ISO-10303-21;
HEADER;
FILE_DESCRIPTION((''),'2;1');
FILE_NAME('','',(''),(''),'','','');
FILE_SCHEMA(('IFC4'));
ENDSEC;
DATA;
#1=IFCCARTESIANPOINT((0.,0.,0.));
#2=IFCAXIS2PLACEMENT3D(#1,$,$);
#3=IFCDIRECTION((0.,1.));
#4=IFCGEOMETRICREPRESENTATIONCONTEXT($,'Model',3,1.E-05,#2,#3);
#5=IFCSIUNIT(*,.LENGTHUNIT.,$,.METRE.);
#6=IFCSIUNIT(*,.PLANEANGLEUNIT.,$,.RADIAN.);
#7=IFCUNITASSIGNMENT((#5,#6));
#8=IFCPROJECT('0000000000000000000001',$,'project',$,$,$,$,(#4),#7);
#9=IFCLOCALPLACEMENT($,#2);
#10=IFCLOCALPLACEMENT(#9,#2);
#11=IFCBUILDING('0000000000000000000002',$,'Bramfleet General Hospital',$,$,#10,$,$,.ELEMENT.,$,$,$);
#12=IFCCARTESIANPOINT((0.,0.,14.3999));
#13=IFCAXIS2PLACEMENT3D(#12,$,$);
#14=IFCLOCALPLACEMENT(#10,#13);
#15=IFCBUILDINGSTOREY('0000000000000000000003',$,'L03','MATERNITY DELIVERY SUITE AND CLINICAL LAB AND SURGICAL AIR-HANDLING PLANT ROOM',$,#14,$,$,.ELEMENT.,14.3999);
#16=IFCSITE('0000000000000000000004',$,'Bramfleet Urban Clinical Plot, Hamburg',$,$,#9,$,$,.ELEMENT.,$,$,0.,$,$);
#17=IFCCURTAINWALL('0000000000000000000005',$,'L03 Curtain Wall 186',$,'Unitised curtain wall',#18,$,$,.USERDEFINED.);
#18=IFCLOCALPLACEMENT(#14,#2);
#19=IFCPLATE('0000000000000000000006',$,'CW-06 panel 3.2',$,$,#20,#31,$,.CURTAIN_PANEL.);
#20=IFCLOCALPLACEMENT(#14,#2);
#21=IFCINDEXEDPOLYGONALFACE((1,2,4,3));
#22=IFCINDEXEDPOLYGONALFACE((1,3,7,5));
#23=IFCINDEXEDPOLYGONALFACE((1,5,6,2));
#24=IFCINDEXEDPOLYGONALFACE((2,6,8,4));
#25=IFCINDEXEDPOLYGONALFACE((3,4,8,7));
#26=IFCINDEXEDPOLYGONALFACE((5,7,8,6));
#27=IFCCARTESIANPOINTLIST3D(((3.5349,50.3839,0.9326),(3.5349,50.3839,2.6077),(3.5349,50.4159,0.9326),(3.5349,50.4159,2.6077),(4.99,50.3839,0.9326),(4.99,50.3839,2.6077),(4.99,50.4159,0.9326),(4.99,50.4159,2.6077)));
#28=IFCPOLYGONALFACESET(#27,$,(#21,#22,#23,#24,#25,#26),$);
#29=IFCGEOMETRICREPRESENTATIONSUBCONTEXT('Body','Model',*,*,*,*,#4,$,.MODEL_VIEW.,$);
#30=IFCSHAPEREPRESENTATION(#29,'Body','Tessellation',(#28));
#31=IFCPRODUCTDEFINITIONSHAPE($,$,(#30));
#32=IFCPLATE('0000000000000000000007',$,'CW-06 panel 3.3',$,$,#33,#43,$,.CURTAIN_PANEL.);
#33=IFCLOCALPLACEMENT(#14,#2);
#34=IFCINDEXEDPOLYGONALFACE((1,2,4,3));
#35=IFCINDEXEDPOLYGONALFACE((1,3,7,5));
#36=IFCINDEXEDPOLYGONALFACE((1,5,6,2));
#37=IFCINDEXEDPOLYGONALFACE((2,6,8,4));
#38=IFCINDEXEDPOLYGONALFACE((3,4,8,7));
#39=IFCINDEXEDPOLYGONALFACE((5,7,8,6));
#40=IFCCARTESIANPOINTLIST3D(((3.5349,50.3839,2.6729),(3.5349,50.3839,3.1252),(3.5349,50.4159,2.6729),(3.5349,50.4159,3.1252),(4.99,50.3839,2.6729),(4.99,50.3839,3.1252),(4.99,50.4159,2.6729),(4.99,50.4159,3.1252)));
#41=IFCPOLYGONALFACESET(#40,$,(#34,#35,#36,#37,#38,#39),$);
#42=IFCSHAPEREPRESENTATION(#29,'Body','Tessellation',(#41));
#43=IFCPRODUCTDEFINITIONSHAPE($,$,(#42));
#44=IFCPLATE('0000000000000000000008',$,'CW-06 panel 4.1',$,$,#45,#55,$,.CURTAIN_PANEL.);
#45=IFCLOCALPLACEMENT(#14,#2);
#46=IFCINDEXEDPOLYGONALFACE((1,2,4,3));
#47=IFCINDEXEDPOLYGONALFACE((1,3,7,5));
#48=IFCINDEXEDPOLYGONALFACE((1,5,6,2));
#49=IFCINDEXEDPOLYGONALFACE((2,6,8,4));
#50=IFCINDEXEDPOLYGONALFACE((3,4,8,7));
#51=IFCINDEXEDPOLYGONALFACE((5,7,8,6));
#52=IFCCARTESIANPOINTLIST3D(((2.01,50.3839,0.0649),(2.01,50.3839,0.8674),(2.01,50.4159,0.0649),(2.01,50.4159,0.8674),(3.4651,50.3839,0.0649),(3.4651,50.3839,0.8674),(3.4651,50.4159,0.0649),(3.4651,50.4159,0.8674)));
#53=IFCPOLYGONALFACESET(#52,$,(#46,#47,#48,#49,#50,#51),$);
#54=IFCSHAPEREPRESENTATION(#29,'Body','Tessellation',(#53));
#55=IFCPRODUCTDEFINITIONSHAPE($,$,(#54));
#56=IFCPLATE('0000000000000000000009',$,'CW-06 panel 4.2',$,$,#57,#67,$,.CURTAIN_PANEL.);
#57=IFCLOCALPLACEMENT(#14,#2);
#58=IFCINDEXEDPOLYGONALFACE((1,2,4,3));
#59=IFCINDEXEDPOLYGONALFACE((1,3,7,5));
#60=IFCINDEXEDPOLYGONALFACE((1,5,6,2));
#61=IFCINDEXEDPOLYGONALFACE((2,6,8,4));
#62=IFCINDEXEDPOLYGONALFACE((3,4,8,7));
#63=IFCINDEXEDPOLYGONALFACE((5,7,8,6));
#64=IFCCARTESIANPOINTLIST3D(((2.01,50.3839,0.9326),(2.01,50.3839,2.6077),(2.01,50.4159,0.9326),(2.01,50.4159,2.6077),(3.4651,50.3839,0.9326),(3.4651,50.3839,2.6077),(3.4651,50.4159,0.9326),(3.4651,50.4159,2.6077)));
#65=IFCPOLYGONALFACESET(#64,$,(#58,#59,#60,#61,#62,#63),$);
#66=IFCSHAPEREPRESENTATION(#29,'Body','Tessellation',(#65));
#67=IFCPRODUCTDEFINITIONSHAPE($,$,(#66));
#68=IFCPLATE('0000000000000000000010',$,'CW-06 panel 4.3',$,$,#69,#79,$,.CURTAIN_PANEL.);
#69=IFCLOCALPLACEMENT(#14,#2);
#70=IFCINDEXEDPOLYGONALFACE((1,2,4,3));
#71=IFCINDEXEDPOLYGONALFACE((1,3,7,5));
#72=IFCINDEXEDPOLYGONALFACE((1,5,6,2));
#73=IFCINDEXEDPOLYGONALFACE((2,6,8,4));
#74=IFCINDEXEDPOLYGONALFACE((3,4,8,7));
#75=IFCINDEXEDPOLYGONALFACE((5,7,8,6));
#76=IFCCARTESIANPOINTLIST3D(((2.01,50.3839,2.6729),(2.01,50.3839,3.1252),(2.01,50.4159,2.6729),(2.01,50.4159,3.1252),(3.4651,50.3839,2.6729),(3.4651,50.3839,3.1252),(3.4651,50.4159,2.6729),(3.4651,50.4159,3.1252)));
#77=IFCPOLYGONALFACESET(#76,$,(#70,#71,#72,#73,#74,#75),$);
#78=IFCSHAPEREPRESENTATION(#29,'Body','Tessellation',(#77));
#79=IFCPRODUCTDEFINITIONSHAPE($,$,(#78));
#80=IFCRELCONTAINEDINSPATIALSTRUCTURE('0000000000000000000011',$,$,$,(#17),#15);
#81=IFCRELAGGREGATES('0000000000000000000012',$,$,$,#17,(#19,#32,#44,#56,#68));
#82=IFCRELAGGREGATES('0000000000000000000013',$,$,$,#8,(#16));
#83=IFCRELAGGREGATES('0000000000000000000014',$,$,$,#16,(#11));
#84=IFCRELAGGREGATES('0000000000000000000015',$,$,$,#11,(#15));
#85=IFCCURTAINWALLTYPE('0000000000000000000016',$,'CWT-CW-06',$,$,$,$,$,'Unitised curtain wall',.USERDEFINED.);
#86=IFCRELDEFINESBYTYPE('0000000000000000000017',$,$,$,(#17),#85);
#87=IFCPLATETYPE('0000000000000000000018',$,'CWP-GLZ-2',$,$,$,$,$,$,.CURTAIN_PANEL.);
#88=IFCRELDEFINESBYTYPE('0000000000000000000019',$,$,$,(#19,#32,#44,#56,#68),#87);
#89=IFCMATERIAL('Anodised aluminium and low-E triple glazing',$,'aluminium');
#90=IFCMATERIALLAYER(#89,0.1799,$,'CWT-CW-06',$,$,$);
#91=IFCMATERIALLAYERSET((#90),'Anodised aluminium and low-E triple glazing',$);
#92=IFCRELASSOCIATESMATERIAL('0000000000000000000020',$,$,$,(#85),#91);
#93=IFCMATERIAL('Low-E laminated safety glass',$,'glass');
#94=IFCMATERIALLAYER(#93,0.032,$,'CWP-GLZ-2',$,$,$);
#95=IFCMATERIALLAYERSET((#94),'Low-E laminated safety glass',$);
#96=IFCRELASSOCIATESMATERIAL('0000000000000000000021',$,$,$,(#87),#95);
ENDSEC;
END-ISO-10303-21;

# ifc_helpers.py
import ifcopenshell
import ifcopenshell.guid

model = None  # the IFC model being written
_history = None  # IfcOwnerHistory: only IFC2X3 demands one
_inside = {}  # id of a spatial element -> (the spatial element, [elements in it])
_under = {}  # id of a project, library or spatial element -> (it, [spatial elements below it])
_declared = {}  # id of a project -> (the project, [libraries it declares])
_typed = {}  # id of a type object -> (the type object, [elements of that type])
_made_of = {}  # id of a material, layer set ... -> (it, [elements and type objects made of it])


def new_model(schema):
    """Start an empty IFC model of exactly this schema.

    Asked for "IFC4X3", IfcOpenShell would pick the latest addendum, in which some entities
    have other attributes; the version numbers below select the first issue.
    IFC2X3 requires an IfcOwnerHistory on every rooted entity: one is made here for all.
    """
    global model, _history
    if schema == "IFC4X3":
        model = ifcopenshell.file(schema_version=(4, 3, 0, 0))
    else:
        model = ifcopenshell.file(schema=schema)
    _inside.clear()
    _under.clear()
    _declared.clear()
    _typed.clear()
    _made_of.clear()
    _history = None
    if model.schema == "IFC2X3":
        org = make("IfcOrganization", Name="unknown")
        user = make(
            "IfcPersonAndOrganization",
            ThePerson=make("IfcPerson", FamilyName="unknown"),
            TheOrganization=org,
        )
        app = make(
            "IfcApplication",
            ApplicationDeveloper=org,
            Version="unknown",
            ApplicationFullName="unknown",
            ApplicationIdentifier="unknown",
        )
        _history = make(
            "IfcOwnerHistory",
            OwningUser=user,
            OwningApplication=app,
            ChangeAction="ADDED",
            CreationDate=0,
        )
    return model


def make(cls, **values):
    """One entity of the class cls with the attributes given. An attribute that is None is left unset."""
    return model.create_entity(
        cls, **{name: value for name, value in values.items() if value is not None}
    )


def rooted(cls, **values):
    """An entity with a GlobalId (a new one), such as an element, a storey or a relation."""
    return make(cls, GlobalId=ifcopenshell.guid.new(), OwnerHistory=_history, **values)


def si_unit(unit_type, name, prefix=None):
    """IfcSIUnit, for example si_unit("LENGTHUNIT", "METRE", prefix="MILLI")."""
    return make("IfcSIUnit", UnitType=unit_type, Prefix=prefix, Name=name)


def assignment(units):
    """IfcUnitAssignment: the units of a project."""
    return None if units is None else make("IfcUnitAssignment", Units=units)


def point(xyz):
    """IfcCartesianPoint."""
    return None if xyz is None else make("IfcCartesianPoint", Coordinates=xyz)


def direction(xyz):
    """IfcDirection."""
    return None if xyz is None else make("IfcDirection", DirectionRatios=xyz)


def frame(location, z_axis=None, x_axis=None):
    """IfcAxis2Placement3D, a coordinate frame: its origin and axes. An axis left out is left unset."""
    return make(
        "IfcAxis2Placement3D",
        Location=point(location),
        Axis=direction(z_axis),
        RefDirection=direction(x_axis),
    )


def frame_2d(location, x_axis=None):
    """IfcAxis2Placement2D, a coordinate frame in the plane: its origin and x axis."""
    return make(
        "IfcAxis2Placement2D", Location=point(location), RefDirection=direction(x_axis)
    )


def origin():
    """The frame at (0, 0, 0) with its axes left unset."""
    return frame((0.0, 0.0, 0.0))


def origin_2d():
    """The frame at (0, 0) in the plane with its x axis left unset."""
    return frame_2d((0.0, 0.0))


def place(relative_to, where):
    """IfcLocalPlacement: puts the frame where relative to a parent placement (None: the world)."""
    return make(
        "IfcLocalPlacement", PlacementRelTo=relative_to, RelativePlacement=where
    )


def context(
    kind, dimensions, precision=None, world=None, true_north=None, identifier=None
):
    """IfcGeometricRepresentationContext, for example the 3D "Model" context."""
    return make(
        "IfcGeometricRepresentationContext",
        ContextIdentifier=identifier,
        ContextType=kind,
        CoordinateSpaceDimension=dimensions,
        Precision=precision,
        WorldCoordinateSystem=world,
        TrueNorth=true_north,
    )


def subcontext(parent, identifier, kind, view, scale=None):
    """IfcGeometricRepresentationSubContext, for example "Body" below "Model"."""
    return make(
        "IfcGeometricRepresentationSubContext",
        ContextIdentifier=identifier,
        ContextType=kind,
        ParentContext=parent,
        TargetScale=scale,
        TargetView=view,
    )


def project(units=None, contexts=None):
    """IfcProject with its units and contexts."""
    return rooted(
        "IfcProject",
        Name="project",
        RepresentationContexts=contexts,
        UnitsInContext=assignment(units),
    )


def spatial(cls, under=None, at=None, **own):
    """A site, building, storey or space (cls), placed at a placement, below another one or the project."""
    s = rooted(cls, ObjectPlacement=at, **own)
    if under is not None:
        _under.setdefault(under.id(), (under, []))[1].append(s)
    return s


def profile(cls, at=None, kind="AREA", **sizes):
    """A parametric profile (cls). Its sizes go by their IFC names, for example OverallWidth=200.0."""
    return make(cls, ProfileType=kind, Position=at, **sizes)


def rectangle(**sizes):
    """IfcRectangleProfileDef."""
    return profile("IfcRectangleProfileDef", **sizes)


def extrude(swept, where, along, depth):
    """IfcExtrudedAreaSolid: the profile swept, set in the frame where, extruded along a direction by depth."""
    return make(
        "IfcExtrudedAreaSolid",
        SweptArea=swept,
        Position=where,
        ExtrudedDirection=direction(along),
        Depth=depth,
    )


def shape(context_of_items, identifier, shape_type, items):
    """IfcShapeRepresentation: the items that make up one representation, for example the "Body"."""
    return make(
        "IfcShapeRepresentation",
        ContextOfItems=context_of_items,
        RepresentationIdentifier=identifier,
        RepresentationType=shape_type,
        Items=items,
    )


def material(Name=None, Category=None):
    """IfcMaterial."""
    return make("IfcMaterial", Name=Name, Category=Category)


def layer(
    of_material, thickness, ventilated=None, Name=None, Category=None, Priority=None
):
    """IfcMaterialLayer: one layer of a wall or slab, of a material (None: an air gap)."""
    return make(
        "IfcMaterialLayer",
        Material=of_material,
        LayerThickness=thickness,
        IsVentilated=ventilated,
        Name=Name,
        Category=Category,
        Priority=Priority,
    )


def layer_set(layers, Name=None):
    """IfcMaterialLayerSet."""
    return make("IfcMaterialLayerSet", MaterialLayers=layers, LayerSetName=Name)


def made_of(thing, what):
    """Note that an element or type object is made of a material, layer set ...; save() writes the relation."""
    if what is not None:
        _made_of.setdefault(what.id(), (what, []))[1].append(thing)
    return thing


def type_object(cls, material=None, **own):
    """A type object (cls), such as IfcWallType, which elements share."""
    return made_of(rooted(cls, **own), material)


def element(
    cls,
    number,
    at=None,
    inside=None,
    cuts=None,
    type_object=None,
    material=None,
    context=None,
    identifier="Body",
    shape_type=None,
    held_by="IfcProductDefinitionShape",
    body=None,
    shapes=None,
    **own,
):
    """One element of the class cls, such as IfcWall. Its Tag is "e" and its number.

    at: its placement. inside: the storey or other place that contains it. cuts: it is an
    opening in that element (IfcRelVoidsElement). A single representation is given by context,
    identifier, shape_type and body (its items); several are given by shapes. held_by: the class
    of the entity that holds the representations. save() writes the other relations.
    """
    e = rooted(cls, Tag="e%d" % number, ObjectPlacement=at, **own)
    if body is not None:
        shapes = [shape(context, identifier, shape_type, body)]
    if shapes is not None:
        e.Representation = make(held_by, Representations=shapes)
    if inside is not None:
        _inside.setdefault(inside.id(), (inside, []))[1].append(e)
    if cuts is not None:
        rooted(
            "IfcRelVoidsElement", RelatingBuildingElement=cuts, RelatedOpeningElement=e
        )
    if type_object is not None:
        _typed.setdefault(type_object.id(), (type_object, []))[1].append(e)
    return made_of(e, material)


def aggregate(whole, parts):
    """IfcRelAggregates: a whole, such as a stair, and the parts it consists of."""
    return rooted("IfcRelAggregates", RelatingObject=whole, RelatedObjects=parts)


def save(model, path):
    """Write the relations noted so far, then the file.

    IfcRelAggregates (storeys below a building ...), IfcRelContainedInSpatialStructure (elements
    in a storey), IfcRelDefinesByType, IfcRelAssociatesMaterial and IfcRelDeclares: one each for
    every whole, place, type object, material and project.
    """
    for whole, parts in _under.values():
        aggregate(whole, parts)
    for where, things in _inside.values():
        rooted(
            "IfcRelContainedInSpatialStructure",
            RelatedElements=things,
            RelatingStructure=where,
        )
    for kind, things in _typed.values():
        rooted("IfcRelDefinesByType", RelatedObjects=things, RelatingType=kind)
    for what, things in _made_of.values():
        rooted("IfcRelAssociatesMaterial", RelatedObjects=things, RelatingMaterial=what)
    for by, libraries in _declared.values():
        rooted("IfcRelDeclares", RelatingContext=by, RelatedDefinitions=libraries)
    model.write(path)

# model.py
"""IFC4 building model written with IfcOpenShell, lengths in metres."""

from ifc_helpers import new_model, si_unit, direction, frame, origin, origin_2d, place, context, subcontext, project, spatial, rectangle, extrude, material, layer, layer_set, type_object, element, aggregate, save


model = new_model("IFC4")

# Units and contexts
model_context = context("Model", 3, precision=1e-05, world=origin(), true_north=direction((0.0, 1.0)))
body_context = subcontext(model_context, "Body", "Model", "MODEL_VIEW")
ifc_project = project(units=[si_unit("LENGTHUNIT", "METRE"), si_unit("PLANEANGLEUNIT", "RADIAN")], contexts=[model_context])

# Site, building, storey
site_placement = place(None, origin())
site = spatial("IfcSite", under=ifc_project, at=site_placement, Name="Bramfleet Urban Clinical Plot, Hamburg", CompositionType="ELEMENT", RefElevation=0.0)
building_placement = place(site_placement, origin())
building = spatial("IfcBuilding", under=site, at=building_placement, Name="Bramfleet General Hospital", CompositionType="ELEMENT")
storey_placement = place(building_placement, frame((0.0, 0.0, 14.3999)))
storey = spatial("IfcBuildingStorey", under=building, at=storey_placement, Name="L03", Description="MATERNITY DELIVERY SUITE AND CLINICAL LAB AND SURGICAL AIR-HANDLING PLANT ROOM", CompositionType="ELEMENT", Elevation=14.3999)

# Curtain wall, plates
ifc_material_1 = material(Name="Anodised aluminium and low-E triple glazing", Category="aluminium")
ifc_layer_1 = layer(ifc_material_1, 0.1799, Name="CWT-CW-06")
ifc_layer_set_1 = layer_set([ifc_layer_1], Name="Anodised aluminium and low-E triple glazing")
curtain_wall_type = type_object("IfcCurtainWallType", Name="CWT-CW-06", ElementType="Unitised curtain wall", PredefinedType="USERDEFINED", material=ifc_layer_set_1)
curtain_wall_placement = place(storey_placement, origin())
curtain_wall = element("IfcCurtainWall", 1, at=curtain_wall_placement, inside=storey, type_object=curtain_wall_type, Name="L03 Curtain Wall 186", ObjectType="Unitised curtain wall", PredefinedType="USERDEFINED")
ifc_material_2 = material(Name="Low-E laminated safety glass", Category="glass")
ifc_layer_2 = layer(ifc_material_2, 0.032, Name="CWP-GLZ-2")
ifc_layer_set_2 = layer_set([ifc_layer_2], Name="Low-E laminated safety glass")
plate_type = type_object("IfcPlateType", Name="CWP-GLZ-2", PredefinedType="CURTAIN_PANEL", material=ifc_layer_set_2)
plate_1_placement = place(storey_placement, frame((4.2625, 50.3999, 0.9326), z_axis=(0.0, 0.0, 1.0), x_axis=(-1.0, 0.0, 0.0)))
plate_1 = element("IfcPlate", 2, at=plate_1_placement, type_object=plate_type, Name="CW-06 panel 3.2", PredefinedType="CURTAIN_PANEL", context=body_context, shape_type="SweptSolid", body=[
    extrude(rectangle(XDim=1.4551, YDim=0.032, at=origin_2d()), origin(), (0.0, 0.0, 1.0), 1.675),
])
plate_2_placement = place(storey_placement, frame((4.2625, 50.3999, 2.6729), z_axis=(0.0, 0.0, 1.0), x_axis=(-1.0, 0.0, 0.0)))
plate_2 = element("IfcPlate", 3, at=plate_2_placement, type_object=plate_type, Name="CW-06 panel 3.3", PredefinedType="CURTAIN_PANEL", context=body_context, shape_type="SweptSolid", body=[
    extrude(rectangle(XDim=1.4551, YDim=0.032, at=origin_2d()), origin(), (0.0, 0.0, 1.0), 0.4524),
])
plate_3_placement = place(storey_placement, frame((2.7375, 50.3999, 0.0649), z_axis=(0.0, 0.0, 1.0), x_axis=(-1.0, 0.0, 0.0)))
plate_3 = element("IfcPlate", 4, at=plate_3_placement, type_object=plate_type, Name="CW-06 panel 4.1", PredefinedType="CURTAIN_PANEL", context=body_context, shape_type="SweptSolid", body=[
    extrude(rectangle(XDim=1.4551, YDim=0.032, at=origin_2d()), origin(), (0.0, 0.0, 1.0), 0.8025),
])
plate_4_placement = place(storey_placement, frame((2.7375, 50.3999, 0.9326), z_axis=(0.0, 0.0, 1.0), x_axis=(-1.0, 0.0, 0.0)))
plate_4 = element("IfcPlate", 5, at=plate_4_placement, type_object=plate_type, Name="CW-06 panel 4.2", PredefinedType="CURTAIN_PANEL", context=body_context, shape_type="SweptSolid", body=[
    extrude(rectangle(XDim=1.4551, YDim=0.032, at=origin_2d()), origin(), (0.0, 0.0, 1.0), 1.675),
])
plate_5_placement = place(storey_placement, frame((2.7375, 50.3999, 2.6729), z_axis=(0.0, 0.0, 1.0), x_axis=(-1.0, 0.0, 0.0)))
plate_5 = element("IfcPlate", 6, at=plate_5_placement, type_object=plate_type, Name="CW-06 panel 4.3", PredefinedType="CURTAIN_PANEL", context=body_context, shape_type="SweptSolid", body=[
    extrude(rectangle(XDim=1.4551, YDim=0.032, at=origin_2d()), origin(), (0.0, 0.0, 1.0), 0.4524),
])
aggregate(curtain_wall, [plate_1, plate_2, plate_3, plate_4, plate_5])

save(model, "model.ifc")
